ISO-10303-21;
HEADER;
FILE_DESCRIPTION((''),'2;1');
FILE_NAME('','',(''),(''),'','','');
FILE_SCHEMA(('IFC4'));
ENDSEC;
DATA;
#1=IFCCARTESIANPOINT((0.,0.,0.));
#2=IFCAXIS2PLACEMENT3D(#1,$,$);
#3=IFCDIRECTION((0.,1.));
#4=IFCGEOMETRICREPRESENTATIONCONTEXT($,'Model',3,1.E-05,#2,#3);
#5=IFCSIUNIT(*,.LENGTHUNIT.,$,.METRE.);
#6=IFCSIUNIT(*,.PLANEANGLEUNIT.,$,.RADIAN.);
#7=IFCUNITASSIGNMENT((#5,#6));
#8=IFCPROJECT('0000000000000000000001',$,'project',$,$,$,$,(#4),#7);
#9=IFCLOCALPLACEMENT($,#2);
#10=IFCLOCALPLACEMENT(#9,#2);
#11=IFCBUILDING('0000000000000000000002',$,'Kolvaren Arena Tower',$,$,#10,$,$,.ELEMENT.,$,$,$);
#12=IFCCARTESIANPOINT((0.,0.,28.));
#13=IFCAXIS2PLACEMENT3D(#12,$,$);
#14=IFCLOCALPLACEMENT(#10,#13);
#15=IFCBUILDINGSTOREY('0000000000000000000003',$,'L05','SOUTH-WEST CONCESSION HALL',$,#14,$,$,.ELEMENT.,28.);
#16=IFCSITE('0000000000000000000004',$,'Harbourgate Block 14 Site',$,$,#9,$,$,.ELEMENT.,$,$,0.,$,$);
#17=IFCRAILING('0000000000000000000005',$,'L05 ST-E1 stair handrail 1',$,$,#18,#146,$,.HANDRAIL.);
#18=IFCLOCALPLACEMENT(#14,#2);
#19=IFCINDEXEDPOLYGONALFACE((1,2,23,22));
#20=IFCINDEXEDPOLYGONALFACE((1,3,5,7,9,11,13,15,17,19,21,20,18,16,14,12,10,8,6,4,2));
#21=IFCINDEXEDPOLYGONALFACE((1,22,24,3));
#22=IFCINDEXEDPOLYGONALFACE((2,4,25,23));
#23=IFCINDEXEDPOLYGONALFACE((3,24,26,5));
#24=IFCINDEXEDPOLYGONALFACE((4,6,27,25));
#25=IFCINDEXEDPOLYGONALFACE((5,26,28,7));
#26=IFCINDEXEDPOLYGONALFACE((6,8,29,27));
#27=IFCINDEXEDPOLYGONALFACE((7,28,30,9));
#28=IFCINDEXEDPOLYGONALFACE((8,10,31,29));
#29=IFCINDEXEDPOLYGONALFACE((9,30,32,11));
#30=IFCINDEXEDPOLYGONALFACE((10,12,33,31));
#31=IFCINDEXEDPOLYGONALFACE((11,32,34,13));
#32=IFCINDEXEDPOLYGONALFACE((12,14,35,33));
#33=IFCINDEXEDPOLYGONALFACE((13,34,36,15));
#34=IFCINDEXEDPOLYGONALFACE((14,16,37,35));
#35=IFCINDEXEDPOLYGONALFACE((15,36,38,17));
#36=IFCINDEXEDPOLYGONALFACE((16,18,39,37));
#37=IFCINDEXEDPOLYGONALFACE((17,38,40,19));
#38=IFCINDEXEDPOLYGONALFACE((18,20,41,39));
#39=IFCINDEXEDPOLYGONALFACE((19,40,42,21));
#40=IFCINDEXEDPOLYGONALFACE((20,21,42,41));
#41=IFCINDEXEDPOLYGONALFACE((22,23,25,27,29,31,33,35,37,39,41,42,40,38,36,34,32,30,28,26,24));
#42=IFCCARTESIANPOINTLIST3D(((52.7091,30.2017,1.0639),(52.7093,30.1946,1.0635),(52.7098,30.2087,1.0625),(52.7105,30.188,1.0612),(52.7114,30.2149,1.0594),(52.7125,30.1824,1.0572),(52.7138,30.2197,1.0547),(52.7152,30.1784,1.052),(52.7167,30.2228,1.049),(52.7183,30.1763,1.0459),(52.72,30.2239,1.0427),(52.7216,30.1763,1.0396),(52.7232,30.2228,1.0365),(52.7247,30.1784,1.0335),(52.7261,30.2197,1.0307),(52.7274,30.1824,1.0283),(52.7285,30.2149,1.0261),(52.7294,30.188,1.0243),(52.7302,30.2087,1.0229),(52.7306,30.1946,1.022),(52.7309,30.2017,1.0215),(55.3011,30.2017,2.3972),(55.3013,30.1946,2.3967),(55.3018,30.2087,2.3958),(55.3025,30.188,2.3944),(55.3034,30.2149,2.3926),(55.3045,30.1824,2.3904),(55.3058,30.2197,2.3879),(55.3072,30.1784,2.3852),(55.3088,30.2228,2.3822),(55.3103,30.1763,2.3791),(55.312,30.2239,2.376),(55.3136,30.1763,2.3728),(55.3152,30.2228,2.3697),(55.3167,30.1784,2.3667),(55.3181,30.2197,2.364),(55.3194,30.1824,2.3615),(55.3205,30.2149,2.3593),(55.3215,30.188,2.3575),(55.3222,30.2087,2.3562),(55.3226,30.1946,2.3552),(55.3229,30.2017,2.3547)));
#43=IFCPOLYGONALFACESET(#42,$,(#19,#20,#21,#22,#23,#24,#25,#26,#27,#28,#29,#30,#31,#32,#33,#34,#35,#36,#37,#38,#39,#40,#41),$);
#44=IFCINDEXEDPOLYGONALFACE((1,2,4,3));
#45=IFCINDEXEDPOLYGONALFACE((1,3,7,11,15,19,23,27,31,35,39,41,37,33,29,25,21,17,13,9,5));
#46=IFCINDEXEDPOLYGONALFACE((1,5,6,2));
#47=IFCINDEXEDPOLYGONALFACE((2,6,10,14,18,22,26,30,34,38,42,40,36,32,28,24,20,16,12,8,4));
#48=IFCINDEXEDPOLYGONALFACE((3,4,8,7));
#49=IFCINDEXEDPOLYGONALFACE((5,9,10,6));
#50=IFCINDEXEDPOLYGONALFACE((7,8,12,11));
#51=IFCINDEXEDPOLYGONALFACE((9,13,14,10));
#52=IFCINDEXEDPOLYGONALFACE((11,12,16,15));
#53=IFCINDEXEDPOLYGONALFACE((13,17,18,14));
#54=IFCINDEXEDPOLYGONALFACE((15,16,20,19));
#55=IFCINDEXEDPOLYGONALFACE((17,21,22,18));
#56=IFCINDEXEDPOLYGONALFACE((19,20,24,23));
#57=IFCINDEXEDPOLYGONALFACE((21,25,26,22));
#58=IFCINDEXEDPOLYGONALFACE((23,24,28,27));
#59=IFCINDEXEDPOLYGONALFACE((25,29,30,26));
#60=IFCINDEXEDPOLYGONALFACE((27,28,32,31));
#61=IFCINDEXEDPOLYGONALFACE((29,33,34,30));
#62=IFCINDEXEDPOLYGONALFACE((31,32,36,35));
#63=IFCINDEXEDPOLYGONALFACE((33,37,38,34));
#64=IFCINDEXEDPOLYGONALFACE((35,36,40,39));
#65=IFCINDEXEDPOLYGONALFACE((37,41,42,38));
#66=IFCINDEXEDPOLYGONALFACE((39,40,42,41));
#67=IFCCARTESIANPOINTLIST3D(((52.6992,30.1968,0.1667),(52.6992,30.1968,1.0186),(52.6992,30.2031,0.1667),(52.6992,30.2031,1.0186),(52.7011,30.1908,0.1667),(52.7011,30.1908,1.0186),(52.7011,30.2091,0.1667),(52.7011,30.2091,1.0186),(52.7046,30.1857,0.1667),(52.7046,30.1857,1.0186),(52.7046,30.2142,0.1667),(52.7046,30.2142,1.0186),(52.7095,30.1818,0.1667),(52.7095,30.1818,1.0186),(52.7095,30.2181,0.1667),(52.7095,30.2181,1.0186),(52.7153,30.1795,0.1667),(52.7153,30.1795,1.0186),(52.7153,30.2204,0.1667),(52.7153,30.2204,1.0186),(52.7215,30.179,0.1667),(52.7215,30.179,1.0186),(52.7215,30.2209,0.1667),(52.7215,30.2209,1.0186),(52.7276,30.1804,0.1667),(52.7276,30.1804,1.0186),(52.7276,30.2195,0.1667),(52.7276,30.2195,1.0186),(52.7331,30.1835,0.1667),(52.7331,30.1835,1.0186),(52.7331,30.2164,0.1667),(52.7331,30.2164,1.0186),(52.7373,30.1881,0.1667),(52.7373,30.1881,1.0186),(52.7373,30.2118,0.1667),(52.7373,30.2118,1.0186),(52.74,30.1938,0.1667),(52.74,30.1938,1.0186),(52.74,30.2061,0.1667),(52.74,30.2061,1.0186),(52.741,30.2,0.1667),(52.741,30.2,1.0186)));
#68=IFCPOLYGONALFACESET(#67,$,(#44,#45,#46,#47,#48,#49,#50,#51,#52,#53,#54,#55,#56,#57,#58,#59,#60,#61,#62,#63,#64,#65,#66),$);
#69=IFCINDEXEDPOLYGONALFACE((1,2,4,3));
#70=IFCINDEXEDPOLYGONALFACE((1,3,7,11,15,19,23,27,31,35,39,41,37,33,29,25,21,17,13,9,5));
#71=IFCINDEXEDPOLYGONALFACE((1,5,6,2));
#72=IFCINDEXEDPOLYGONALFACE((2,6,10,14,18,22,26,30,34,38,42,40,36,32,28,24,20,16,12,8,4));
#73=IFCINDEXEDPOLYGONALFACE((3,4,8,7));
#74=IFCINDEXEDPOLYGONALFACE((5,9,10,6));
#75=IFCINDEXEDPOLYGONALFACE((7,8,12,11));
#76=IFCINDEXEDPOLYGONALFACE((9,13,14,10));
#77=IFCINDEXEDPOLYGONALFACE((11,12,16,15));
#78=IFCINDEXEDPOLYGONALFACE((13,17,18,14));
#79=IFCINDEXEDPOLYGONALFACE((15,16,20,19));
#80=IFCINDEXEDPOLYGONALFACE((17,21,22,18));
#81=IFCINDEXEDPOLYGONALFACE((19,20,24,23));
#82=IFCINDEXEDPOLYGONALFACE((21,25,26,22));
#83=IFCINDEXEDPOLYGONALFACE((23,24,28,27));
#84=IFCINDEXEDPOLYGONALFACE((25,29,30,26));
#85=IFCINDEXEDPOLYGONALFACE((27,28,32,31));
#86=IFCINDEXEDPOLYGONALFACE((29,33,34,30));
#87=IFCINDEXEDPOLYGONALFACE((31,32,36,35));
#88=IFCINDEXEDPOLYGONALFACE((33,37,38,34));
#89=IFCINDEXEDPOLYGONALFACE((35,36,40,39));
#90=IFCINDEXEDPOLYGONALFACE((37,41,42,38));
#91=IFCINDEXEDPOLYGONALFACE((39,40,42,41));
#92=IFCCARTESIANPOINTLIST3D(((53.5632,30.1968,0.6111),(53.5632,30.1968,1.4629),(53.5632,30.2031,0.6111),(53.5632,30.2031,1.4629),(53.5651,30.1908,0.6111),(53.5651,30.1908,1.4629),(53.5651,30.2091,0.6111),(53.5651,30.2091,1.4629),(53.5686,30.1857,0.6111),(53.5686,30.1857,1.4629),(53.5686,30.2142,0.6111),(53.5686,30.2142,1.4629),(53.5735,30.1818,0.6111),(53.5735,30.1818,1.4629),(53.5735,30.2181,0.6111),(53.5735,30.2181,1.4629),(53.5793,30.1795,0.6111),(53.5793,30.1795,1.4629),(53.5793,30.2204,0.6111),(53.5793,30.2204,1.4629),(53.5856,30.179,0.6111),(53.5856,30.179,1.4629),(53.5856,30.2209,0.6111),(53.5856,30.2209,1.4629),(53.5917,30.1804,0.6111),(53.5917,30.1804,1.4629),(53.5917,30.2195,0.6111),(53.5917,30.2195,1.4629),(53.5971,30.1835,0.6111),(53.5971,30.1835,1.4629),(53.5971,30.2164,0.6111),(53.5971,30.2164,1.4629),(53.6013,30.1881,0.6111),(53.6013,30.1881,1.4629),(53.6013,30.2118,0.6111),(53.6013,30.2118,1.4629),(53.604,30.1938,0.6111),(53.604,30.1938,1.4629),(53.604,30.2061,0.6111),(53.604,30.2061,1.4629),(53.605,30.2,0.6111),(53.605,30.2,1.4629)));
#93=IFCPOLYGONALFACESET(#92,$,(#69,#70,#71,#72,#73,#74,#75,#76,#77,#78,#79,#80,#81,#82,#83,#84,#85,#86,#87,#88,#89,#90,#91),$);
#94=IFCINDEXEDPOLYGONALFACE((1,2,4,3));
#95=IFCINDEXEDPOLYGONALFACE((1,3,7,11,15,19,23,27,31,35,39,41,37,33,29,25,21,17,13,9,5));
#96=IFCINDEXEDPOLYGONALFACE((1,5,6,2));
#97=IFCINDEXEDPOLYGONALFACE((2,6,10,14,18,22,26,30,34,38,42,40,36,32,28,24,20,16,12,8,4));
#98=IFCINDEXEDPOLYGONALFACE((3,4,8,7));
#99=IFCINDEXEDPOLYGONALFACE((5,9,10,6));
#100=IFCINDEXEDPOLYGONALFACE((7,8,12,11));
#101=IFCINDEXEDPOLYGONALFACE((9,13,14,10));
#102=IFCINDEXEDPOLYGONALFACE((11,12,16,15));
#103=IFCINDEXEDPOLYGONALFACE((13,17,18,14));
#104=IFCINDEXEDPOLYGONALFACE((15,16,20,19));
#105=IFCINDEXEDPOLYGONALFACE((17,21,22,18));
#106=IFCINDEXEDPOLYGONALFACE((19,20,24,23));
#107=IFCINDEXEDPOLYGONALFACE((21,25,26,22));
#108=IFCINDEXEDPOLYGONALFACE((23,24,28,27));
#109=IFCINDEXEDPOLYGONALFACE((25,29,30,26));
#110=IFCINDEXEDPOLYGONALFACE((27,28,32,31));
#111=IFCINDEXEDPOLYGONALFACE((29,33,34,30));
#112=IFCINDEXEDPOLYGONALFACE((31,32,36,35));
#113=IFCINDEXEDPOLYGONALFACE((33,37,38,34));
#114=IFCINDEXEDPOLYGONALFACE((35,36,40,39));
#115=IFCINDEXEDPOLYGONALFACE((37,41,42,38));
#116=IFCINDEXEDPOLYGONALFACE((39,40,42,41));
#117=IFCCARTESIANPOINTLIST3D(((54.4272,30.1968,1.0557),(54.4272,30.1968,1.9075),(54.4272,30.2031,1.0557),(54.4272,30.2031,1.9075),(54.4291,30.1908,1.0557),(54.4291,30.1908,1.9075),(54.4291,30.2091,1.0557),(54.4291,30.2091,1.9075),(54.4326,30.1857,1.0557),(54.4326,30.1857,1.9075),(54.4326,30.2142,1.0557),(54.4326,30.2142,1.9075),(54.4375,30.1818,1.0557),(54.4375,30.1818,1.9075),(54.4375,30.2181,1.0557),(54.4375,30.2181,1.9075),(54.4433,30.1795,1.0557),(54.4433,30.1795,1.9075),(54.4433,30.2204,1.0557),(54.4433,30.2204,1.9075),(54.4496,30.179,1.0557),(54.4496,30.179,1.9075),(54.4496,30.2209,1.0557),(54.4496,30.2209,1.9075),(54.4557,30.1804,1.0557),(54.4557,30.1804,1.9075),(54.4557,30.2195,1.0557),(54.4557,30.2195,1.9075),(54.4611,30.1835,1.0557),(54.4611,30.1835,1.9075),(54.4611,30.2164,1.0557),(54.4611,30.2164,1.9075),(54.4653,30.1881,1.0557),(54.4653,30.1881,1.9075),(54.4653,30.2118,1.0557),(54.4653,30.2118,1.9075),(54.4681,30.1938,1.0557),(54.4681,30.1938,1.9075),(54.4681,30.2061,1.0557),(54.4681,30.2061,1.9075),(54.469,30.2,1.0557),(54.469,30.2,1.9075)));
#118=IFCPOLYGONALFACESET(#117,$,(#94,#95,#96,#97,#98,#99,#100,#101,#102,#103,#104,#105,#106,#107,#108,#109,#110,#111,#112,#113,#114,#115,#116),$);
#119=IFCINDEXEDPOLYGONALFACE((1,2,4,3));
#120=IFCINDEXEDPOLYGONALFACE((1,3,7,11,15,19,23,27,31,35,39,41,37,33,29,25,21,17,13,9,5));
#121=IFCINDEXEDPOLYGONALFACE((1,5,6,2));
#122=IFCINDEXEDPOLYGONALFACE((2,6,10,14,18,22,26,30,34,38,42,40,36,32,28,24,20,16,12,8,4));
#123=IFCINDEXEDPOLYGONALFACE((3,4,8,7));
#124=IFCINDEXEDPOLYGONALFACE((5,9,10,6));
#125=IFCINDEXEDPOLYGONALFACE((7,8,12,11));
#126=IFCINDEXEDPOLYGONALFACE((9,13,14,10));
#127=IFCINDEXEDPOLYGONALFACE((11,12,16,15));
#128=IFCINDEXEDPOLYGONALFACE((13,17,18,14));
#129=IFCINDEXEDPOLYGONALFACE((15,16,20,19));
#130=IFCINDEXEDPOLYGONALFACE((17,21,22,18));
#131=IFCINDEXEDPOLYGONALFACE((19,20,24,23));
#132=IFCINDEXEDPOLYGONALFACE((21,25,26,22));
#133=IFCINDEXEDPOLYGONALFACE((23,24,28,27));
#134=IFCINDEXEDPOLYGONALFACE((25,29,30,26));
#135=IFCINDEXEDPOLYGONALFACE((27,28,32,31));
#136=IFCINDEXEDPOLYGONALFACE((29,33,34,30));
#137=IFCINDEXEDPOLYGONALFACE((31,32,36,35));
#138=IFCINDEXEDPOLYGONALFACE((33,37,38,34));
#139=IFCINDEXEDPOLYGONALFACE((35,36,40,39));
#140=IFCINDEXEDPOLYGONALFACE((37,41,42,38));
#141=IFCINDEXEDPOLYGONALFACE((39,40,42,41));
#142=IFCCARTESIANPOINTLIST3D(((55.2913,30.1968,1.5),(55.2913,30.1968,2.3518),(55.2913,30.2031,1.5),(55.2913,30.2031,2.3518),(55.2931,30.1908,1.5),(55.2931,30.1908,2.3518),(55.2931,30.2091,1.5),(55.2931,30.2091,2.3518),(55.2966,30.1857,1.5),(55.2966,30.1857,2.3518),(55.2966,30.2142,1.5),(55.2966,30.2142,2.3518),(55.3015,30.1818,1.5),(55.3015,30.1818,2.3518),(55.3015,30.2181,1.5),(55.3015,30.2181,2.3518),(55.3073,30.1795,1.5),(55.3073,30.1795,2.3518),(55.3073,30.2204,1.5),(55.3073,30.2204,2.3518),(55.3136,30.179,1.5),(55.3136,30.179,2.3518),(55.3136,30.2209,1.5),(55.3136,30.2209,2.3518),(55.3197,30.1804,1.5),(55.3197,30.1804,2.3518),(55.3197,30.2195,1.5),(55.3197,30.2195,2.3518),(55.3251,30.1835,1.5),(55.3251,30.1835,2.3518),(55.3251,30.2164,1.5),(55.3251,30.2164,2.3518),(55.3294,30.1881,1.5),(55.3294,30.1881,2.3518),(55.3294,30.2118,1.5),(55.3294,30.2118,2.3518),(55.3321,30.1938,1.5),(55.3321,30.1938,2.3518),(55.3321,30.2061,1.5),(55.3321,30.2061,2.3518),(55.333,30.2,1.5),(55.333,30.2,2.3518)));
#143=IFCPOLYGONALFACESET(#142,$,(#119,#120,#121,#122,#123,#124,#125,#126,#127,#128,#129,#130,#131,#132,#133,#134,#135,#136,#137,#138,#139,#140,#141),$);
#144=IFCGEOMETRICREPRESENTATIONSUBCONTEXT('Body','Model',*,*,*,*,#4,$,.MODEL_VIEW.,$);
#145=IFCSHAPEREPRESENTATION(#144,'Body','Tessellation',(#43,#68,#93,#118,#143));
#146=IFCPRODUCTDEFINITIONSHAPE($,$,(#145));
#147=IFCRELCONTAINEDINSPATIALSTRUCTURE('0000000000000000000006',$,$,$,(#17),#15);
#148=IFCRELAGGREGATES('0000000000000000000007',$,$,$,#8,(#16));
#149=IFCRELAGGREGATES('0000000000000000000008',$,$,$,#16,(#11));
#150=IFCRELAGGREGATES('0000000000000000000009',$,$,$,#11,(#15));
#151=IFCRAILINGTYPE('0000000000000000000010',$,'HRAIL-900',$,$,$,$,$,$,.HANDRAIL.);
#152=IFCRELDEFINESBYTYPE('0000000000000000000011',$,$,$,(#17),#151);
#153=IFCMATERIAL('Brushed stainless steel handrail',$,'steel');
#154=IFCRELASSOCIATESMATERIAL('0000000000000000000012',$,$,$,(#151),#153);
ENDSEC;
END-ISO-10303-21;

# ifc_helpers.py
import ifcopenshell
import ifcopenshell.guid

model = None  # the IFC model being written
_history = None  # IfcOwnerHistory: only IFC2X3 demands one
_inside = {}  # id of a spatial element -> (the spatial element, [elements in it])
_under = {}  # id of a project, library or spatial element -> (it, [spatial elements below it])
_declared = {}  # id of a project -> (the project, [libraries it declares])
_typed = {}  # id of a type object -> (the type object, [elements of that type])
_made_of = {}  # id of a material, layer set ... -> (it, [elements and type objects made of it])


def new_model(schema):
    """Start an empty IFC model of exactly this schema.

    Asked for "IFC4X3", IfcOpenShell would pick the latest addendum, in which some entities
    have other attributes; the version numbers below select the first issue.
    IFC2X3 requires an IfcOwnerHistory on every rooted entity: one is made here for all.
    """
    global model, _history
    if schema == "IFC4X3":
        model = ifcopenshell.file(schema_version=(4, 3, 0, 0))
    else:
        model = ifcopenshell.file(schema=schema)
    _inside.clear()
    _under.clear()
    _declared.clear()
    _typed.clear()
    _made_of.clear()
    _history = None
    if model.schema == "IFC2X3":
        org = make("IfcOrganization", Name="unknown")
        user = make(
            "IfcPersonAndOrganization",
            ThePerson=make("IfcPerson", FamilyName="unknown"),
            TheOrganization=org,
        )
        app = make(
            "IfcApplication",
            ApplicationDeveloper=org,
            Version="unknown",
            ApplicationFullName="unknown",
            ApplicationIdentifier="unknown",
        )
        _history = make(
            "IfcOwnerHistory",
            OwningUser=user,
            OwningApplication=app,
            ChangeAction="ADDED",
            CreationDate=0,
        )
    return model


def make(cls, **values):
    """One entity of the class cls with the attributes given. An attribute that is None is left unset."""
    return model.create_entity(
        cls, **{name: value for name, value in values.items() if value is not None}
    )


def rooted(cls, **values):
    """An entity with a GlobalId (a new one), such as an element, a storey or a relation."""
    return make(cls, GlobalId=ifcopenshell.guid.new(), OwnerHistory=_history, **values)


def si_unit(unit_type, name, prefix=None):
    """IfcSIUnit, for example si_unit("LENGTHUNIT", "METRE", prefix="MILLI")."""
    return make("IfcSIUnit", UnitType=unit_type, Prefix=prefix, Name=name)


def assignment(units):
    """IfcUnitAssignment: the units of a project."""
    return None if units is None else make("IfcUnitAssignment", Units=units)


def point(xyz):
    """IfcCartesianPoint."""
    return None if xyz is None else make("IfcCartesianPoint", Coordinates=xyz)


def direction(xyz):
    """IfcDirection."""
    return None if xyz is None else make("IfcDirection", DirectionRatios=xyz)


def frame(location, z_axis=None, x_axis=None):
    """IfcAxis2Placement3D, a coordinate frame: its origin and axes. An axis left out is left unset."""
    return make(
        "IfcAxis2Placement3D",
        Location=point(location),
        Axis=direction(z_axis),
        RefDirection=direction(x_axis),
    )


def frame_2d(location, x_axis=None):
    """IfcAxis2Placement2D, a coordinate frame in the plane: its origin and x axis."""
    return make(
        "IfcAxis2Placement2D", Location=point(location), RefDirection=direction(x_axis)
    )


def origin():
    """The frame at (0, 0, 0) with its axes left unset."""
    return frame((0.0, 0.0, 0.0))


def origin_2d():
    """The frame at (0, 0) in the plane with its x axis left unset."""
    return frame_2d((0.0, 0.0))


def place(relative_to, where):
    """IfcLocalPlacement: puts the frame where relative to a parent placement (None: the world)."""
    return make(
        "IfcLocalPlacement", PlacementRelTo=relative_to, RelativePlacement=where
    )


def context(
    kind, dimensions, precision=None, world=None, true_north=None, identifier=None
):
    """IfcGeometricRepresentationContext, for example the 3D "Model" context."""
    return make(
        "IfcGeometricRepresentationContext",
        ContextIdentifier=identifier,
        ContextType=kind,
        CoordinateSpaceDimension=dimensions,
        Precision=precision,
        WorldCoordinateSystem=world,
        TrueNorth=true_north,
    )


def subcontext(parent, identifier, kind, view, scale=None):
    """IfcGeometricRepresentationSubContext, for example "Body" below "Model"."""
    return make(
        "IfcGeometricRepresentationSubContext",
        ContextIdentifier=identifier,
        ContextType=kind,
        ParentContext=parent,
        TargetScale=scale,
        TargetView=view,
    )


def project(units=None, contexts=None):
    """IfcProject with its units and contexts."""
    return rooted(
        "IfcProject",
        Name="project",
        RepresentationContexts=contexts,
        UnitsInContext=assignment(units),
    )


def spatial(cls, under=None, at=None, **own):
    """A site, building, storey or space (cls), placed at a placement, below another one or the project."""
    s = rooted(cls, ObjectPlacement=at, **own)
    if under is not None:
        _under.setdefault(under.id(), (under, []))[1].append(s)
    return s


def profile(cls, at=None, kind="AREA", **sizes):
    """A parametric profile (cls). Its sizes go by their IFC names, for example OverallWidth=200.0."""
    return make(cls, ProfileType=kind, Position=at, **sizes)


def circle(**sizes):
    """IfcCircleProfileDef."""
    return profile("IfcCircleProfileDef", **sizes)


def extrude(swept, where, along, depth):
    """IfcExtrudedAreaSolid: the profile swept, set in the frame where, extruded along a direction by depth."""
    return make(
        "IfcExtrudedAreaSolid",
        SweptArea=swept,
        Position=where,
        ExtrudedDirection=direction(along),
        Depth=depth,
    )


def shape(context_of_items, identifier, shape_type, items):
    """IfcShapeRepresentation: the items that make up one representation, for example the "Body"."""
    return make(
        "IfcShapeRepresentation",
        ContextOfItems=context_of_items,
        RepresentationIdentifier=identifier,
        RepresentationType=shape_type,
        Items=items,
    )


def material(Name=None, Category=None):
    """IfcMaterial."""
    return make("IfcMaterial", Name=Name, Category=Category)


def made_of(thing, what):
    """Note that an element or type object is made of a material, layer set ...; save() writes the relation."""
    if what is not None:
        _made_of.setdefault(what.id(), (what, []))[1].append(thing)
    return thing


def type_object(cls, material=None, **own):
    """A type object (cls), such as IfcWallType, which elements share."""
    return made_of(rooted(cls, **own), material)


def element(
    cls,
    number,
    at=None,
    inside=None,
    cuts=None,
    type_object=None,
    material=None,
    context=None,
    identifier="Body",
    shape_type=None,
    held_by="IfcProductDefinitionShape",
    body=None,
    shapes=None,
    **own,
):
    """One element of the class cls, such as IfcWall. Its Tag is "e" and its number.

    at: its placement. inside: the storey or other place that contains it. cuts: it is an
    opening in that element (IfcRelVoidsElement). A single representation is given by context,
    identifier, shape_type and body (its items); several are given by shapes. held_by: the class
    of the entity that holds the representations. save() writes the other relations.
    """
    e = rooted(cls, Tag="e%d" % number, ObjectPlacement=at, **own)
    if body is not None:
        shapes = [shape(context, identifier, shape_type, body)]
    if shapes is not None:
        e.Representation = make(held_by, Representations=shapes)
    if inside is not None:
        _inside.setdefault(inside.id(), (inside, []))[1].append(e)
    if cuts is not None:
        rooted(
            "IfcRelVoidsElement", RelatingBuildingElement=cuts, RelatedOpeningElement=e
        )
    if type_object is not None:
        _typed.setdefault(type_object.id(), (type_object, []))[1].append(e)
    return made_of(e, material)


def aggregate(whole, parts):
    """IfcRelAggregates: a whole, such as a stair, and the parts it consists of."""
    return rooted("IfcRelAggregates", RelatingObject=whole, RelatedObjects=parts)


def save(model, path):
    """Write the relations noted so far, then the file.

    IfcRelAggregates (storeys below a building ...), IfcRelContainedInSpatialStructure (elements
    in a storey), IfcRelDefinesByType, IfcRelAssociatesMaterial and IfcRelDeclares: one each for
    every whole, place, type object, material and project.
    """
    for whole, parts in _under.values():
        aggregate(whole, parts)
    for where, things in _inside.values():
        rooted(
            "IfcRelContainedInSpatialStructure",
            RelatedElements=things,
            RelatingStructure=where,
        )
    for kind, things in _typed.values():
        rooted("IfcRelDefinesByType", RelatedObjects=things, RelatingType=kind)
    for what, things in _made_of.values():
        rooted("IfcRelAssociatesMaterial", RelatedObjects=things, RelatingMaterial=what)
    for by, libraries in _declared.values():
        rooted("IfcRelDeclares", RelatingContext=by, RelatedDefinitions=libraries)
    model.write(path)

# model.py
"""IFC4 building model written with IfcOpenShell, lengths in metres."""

from ifc_helpers import new_model, si_unit, direction, frame, origin, origin_2d, place, context, subcontext, project, spatial, circle, extrude, material, type_object, element, save


model = new_model("IFC4")

# Units and contexts
model_context = context("Model", 3, precision=1e-05, world=origin(), true_north=direction((0.0, 1.0)))
body_context = subcontext(model_context, "Body", "Model", "MODEL_VIEW")
ifc_project = project(units=[si_unit("LENGTHUNIT", "METRE"), si_unit("PLANEANGLEUNIT", "RADIAN")], contexts=[model_context])

# Site, building, storey
site_placement = place(None, origin())
site = spatial("IfcSite", under=ifc_project, at=site_placement, Name="Harbourgate Block 14 Site", CompositionType="ELEMENT", RefElevation=0.0)
building_placement = place(site_placement, origin())
building = spatial("IfcBuilding", under=site, at=building_placement, Name="Kolvaren Arena Tower", CompositionType="ELEMENT")
storey_placement = place(building_placement, frame((0.0, 0.0, 28.0)))
storey = spatial("IfcBuildingStorey", under=building, at=storey_placement, Name="L05", Description="SOUTH-WEST CONCESSION HALL", CompositionType="ELEMENT", Elevation=28.0)

# Railing
ifc_material_1 = material(Name="Brushed stainless steel handrail", Category="steel")
railing_type_1 = type_object("IfcRailingType", Name="HRAIL-900", PredefinedType="HANDRAIL", material=ifc_material_1)
for number, where, name in (
    (1, (52.72, 30.2, 0.1667), "L05 ST-E1 stair handrail 1"),
):
    element("IfcRailing", number, at=place(storey_placement, frame(where)), inside=storey, type_object=railing_type_1, Name=name, PredefinedType="HANDRAIL", context=body_context, shape_type="SweptSolid", body=[
        extrude(circle(Radius=0.0239, at=origin_2d()), frame((0.0, 0.0, 0.876), z_axis=(0.88926, 0.0, 0.457403), x_axis=(0.0, 1.0, 0.0)), (0.0, 0.0, 1.0), 2.9148),
        extrude(circle(Radius=0.021, at=origin_2d()), origin(), (0.0, 0.0, 1.0), 0.8518),
        extrude(circle(Radius=0.021, at=origin_2d()), frame((0.864, 0.0, 0.4443)), (0.0, 0.0, 1.0), 0.8518),
        extrude(circle(Radius=0.021, at=origin_2d()), frame((1.728, 0.0, 0.8889)), (0.0, 0.0, 1.0), 0.8518),
        extrude(circle(Radius=0.021, at=origin_2d()), frame((2.592, 0.0, 1.3333)), (0.0, 0.0, 1.0), 0.8518),
    ])

save(model, "model.ifc")
